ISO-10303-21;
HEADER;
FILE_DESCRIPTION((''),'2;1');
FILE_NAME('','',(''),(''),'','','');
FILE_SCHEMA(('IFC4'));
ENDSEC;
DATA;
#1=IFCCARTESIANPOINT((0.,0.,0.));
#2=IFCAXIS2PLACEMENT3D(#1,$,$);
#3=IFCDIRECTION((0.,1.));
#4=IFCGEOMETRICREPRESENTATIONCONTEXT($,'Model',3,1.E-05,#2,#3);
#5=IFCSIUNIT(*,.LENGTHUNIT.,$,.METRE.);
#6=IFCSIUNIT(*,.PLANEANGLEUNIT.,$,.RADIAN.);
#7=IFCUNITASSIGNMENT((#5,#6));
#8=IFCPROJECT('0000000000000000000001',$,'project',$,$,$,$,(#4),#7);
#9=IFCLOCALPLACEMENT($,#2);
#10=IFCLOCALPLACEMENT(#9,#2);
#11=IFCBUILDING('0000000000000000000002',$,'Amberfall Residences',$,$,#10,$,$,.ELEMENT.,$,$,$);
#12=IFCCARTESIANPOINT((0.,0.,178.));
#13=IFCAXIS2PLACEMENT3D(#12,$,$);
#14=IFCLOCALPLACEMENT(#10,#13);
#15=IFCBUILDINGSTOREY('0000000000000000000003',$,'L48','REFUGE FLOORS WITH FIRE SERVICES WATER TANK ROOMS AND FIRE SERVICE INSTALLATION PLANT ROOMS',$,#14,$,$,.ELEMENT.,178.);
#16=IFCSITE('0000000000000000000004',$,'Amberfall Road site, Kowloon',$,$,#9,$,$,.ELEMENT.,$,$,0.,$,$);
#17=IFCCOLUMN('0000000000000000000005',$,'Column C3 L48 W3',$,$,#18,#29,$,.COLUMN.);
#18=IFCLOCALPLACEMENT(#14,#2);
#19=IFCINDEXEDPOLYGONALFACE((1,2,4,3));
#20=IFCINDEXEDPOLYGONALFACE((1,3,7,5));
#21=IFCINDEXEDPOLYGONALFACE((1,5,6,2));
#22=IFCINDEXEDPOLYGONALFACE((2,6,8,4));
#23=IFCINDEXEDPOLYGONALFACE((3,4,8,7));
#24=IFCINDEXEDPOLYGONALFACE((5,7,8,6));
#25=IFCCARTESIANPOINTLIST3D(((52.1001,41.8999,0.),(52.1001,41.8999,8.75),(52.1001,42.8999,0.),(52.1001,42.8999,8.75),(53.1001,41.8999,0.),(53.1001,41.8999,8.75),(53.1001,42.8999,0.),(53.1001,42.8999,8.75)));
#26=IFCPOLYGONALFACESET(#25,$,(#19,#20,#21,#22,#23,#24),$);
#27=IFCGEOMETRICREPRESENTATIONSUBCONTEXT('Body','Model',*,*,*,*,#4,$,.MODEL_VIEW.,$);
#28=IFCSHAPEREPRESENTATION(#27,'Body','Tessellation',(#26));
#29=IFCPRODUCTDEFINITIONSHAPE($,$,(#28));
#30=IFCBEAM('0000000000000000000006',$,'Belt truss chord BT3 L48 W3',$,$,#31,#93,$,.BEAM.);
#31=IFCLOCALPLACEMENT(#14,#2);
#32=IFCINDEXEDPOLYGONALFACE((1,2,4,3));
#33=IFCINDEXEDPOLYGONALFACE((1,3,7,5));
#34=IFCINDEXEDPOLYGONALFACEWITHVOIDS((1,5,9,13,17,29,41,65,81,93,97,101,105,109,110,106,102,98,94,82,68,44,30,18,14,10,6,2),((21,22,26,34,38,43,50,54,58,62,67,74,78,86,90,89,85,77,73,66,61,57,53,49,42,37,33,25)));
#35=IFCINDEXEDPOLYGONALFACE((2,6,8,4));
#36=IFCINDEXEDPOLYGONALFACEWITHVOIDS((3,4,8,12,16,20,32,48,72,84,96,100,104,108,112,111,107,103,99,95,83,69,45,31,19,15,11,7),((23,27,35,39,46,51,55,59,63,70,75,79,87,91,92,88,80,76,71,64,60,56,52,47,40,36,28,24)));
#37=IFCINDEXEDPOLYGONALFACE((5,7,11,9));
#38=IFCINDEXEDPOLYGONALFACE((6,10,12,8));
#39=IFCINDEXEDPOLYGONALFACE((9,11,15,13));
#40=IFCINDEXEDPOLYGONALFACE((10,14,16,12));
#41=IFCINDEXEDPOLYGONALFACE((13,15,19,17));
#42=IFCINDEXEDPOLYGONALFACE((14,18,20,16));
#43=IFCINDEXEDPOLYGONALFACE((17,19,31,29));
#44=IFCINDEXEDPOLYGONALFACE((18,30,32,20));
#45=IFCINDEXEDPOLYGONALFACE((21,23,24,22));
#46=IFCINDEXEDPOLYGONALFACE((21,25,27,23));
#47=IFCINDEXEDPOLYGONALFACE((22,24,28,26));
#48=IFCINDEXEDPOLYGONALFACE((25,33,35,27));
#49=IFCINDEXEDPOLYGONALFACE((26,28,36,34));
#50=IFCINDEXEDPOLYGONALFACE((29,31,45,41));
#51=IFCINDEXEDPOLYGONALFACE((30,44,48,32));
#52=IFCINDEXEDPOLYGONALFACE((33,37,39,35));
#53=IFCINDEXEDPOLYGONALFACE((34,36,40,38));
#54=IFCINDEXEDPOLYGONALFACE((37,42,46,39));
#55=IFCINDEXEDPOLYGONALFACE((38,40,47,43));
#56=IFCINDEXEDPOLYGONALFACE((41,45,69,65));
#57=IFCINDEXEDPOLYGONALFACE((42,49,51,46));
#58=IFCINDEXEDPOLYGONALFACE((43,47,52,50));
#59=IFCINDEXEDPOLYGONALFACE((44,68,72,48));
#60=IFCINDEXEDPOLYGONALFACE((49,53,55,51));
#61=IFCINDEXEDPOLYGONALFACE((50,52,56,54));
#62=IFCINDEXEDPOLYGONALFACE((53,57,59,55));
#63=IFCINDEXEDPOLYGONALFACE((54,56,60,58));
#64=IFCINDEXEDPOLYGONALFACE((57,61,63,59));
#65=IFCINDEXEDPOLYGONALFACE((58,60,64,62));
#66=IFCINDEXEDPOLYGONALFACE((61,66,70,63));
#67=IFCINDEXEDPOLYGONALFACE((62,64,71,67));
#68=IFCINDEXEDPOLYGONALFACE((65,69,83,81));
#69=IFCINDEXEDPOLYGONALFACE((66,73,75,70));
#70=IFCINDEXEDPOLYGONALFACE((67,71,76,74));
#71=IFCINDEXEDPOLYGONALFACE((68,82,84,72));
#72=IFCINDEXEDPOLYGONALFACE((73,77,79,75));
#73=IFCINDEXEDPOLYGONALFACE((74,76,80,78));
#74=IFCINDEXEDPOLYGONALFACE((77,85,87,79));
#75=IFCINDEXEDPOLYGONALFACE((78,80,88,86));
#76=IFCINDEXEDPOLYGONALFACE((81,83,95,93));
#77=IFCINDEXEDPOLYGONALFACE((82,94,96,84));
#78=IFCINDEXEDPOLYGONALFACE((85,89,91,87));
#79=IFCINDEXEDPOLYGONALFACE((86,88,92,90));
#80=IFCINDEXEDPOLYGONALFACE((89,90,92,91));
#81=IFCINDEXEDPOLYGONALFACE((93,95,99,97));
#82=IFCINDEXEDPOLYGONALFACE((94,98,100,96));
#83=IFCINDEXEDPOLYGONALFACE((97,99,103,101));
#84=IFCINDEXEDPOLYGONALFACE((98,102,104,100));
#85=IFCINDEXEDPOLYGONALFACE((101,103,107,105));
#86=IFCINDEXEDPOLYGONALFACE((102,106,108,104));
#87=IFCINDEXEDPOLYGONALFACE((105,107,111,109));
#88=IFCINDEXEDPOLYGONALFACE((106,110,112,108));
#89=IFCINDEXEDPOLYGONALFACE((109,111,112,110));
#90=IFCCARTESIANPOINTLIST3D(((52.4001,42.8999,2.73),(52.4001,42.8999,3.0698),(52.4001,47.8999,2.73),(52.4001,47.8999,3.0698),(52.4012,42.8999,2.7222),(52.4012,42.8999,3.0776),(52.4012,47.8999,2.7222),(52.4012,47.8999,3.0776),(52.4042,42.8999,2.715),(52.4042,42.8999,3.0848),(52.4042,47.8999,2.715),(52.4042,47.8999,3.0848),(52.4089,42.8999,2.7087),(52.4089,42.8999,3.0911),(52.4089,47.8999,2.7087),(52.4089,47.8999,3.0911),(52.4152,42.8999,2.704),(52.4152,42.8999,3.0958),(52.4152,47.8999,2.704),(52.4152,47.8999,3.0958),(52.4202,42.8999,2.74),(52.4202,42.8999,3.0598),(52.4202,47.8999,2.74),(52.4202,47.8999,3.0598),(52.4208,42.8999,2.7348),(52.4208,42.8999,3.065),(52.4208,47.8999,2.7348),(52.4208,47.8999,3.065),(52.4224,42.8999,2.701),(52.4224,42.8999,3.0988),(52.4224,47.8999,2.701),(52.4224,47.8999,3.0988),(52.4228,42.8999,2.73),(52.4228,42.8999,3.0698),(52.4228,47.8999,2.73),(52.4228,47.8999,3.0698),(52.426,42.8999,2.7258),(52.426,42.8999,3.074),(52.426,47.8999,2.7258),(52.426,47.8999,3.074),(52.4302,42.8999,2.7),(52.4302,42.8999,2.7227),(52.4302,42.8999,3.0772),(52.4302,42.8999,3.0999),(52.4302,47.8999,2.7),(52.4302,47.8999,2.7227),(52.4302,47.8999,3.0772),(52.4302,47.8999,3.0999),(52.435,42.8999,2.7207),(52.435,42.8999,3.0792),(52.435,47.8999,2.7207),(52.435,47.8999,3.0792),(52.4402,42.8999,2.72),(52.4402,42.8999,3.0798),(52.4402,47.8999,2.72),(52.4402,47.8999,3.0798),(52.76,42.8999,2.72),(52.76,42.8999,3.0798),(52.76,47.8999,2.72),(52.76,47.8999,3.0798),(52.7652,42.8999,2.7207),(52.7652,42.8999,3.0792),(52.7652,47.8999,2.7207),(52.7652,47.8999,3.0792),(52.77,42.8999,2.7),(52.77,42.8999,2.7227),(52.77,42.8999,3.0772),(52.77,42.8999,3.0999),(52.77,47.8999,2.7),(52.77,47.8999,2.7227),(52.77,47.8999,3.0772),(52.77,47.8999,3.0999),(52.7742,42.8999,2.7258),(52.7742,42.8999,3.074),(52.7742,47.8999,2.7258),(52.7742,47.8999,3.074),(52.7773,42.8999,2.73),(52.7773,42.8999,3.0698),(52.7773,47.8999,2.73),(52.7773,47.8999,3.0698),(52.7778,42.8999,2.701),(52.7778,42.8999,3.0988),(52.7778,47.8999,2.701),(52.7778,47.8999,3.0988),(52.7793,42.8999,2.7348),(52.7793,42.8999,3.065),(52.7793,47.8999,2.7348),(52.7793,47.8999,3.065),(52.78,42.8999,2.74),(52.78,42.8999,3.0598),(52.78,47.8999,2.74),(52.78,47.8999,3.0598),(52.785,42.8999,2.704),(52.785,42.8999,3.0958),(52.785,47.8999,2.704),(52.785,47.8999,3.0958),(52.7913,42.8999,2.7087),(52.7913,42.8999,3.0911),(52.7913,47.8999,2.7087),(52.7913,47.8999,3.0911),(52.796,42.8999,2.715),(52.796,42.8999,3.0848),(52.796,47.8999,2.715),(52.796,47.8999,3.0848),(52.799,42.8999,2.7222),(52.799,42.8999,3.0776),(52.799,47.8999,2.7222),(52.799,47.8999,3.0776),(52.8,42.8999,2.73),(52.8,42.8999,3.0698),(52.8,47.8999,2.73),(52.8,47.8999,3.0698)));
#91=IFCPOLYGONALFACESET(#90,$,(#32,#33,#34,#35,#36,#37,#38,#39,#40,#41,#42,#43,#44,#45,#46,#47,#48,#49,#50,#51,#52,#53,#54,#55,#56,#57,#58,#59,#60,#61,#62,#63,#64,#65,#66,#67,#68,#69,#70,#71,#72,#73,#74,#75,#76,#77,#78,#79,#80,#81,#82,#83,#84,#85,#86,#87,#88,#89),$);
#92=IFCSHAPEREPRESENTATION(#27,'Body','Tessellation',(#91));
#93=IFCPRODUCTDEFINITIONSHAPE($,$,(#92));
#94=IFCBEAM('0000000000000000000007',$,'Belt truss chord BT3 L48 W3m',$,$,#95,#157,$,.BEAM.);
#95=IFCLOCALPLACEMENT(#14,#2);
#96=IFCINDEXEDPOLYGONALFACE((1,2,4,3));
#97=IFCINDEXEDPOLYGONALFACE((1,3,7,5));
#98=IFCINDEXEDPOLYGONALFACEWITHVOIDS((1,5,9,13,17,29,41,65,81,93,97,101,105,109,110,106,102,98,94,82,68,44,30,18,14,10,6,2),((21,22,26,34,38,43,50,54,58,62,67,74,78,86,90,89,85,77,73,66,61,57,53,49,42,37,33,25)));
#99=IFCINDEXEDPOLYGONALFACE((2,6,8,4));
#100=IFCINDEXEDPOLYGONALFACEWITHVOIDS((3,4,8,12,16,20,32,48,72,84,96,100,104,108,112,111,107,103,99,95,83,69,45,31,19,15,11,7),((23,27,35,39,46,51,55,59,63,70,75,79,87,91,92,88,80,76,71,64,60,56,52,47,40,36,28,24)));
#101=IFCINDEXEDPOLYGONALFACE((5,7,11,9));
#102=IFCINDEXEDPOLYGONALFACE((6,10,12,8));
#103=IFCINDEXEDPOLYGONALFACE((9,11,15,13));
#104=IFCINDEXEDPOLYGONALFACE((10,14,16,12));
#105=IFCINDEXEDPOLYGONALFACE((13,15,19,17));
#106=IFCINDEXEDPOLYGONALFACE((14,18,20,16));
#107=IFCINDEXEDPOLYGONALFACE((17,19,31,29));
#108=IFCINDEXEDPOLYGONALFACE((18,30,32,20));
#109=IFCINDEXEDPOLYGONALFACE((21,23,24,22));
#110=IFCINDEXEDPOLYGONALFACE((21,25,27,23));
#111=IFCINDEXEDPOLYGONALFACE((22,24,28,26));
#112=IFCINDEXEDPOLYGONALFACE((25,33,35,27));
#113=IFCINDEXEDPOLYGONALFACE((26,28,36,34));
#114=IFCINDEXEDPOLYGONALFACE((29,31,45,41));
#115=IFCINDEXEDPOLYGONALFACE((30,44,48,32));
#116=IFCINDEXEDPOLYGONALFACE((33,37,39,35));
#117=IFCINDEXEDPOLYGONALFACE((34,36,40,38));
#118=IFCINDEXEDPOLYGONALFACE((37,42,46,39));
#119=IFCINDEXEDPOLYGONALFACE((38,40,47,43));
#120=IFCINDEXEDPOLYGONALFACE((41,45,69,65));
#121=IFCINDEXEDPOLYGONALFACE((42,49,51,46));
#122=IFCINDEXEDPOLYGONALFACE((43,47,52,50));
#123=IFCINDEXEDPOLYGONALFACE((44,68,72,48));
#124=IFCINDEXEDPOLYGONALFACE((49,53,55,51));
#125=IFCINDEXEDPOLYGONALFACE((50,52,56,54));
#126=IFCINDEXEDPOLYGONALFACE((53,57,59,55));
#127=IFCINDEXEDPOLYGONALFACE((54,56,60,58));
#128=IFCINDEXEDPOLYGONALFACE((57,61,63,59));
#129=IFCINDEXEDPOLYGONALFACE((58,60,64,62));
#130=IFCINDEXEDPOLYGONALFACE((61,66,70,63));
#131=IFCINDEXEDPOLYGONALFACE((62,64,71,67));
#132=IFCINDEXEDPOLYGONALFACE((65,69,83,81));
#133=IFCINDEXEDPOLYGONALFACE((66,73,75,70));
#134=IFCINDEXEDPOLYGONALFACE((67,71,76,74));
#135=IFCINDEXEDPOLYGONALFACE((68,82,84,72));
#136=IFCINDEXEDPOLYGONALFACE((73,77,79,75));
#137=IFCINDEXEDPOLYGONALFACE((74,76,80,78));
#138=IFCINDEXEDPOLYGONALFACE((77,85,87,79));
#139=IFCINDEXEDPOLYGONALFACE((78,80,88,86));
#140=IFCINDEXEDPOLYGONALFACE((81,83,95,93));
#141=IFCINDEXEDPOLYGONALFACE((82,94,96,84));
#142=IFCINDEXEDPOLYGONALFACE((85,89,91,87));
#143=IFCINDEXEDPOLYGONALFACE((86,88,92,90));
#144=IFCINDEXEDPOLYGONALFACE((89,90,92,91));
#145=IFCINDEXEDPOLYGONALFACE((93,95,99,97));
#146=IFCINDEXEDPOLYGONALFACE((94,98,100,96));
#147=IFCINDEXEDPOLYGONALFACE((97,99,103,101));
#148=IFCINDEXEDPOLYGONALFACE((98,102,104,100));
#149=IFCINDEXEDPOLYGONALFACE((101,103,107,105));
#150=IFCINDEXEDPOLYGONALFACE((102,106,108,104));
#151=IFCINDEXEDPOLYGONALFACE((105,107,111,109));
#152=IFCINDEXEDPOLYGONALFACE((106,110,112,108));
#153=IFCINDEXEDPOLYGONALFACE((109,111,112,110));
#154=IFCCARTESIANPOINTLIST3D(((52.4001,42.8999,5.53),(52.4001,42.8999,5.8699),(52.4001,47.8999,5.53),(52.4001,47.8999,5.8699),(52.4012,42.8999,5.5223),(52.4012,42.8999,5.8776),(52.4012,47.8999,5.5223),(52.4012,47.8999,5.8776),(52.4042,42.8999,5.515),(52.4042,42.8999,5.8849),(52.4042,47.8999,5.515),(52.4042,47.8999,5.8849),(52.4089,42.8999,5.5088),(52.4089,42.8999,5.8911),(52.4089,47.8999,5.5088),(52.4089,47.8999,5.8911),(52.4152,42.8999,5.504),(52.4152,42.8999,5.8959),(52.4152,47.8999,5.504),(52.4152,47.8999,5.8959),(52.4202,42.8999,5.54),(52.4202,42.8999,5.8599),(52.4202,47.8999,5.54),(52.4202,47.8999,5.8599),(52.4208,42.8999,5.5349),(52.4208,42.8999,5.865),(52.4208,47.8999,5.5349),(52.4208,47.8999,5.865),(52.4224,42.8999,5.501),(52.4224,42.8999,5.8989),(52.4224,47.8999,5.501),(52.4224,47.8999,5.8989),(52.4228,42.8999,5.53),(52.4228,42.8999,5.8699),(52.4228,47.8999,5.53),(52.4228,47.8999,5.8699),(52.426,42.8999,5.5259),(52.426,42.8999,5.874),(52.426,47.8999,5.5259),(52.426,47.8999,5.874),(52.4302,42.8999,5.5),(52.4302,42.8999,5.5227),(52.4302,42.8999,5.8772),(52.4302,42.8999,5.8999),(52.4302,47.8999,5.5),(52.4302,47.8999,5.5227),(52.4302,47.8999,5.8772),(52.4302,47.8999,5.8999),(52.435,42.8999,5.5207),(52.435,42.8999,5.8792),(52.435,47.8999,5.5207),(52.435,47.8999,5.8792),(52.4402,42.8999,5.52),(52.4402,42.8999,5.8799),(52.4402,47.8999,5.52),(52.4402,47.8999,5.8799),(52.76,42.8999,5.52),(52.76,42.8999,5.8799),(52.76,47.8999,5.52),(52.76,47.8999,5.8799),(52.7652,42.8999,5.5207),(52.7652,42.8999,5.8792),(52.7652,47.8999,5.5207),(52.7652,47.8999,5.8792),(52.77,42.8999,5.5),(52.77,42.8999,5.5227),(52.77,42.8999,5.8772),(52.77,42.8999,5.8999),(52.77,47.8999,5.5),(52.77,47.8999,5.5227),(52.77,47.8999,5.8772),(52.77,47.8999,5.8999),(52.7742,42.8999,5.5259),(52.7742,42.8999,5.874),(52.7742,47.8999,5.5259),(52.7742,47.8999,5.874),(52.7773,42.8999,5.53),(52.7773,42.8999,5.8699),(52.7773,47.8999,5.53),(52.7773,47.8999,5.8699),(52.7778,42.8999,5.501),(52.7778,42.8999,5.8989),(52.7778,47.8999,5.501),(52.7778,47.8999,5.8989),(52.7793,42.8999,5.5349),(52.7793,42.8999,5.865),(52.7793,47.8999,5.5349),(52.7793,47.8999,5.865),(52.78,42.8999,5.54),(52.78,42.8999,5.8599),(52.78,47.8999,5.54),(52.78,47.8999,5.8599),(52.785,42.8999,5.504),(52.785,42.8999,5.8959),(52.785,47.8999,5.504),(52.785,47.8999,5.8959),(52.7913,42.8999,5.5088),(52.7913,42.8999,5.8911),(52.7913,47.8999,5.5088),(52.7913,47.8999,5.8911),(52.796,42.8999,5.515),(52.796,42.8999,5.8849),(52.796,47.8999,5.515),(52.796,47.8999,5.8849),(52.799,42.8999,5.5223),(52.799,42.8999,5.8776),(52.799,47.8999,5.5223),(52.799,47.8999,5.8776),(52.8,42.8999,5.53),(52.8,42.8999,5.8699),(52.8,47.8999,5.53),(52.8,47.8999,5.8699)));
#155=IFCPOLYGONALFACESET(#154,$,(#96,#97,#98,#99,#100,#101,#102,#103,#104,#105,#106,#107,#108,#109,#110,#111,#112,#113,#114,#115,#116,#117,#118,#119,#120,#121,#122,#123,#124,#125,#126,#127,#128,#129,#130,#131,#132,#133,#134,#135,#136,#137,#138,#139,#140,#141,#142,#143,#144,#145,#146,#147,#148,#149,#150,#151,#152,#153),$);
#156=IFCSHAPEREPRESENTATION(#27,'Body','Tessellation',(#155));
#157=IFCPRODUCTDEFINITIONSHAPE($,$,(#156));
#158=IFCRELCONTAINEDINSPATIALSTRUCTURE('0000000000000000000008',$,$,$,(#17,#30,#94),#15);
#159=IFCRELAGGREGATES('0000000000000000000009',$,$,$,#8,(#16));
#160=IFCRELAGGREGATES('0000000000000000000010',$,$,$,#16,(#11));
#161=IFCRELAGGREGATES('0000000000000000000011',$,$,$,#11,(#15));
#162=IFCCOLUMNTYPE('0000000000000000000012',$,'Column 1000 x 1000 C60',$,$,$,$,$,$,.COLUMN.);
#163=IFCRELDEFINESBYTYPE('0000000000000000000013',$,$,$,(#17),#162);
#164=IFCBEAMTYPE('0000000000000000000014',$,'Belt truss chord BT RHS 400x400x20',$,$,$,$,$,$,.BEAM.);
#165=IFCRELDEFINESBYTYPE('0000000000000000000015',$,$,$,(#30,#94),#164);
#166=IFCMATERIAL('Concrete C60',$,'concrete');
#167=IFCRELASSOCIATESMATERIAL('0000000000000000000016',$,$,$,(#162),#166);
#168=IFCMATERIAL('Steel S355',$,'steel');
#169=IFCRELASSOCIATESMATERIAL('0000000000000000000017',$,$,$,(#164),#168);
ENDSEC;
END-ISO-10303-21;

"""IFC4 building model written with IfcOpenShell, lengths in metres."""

from ifc_helpers import new_model, si_unit, direction, frame, origin, origin_2d, place, context, subcontext, project, spatial, rectangle, hollow_rectangle, extrude, material, material_profile, profile_set, type_object, element, save


model = new_model("IFC4")

# Units and contexts
model_context = context("Model", 3, precision=1e-05, world=origin(), true_north=direction((0.0, 1.0)))
body_context = subcontext(model_context, "Body", "Model", "MODEL_VIEW")
ifc_project = project(units=[si_unit("LENGTHUNIT", "METRE"), si_unit("PLANEANGLEUNIT", "RADIAN")], contexts=[model_context])

# Site, building, storey
site_placement = place(None, origin())
site = spatial("IfcSite", under=ifc_project, at=site_placement, Name="Amberfall Road site, Kowloon", CompositionType="ELEMENT", RefElevation=0.0)
building_placement = place(site_placement, origin())
building = spatial("IfcBuilding", under=site, at=building_placement, Name="Amberfall Residences", CompositionType="ELEMENT")
storey_placement = place(building_placement, frame((0.0, 0.0, 178.0)))
storey = spatial("IfcBuildingStorey", under=building, at=storey_placement, Name="L48", Description="REFUGE FLOORS WITH FIRE SERVICES WATER TANK ROOMS AND FIRE SERVICE INSTALLATION PLANT ROOMS", CompositionType="ELEMENT", Elevation=178.0)

# Column
ifc_material_1 = material(Name="Concrete C60", Category="concrete")
ifc_material_profile_1 = material_profile(ifc_material_1, rectangle(XDim=1.0, YDim=1.0, at=origin_2d()), Name="Column 1000 x 1000 C60")
ifc_profile_set_1 = profile_set([ifc_material_profile_1], Name="Concrete C60")
column_type = type_object("IfcColumnType", Name="Column 1000 x 1000 C60", PredefinedType="COLUMN", material=ifc_profile_set_1)
column_placement = place(storey_placement, frame((52.6001, 42.3999, 0.0), z_axis=(0.0, 0.0, 1.0), x_axis=(1.0, 0.0, 0.0)))
element("IfcColumn", 1, at=column_placement, inside=storey, type_object=column_type, Name="Column C3 L48 W3", PredefinedType="COLUMN", context=body_context, shape_type="SweptSolid", body=[
    extrude(rectangle(XDim=1.0, YDim=1.0, at=origin_2d()), origin(), (0.0, 0.0, 1.0), 8.75),
])

# Beams
ifc_material_2 = material(Name="Steel S355", Category="steel")
ifc_material_profile_2 = material_profile(ifc_material_2, hollow_rectangle(XDim=0.3999, YDim=0.3999, WallThickness=0.02, InnerFilletRadius=0.02, OuterFilletRadius=0.03, at=origin_2d()), Name="RHS 400x400x20")
ifc_profile_set_2 = profile_set([ifc_material_profile_2], Name="Steel S355")
beam_type_1 = type_object("IfcBeamType", Name="Belt truss chord BT RHS 400x400x20", PredefinedType="BEAM", material=ifc_profile_set_2)
for number, where, z_axis, x_axis, name in (
    (2, (52.6001, 42.8999, 2.8999), (0.0, 1.0, 0.0), (-1.0, 0.0, 0.0), "Belt truss chord BT3 L48 W3"),
    (3, (52.6001, 42.8999, 5.7), (0.0, 1.0, 0.0), (-1.0, 0.0, 0.0), "Belt truss chord BT3 L48 W3m"),
):
    element("IfcBeam", number, at=place(storey_placement, frame(where, z_axis=z_axis, x_axis=x_axis)), inside=storey, type_object=beam_type_1, Name=name, PredefinedType="BEAM", context=body_context, shape_type="SweptSolid", body=[
        extrude(hollow_rectangle(XDim=0.3999, YDim=0.3999, WallThickness=0.02, InnerFilletRadius=0.02, OuterFilletRadius=0.03, at=origin_2d()), origin(), (0.0, 0.0, 1.0), 5.0),
    ])

save(model, "model.ifc")
